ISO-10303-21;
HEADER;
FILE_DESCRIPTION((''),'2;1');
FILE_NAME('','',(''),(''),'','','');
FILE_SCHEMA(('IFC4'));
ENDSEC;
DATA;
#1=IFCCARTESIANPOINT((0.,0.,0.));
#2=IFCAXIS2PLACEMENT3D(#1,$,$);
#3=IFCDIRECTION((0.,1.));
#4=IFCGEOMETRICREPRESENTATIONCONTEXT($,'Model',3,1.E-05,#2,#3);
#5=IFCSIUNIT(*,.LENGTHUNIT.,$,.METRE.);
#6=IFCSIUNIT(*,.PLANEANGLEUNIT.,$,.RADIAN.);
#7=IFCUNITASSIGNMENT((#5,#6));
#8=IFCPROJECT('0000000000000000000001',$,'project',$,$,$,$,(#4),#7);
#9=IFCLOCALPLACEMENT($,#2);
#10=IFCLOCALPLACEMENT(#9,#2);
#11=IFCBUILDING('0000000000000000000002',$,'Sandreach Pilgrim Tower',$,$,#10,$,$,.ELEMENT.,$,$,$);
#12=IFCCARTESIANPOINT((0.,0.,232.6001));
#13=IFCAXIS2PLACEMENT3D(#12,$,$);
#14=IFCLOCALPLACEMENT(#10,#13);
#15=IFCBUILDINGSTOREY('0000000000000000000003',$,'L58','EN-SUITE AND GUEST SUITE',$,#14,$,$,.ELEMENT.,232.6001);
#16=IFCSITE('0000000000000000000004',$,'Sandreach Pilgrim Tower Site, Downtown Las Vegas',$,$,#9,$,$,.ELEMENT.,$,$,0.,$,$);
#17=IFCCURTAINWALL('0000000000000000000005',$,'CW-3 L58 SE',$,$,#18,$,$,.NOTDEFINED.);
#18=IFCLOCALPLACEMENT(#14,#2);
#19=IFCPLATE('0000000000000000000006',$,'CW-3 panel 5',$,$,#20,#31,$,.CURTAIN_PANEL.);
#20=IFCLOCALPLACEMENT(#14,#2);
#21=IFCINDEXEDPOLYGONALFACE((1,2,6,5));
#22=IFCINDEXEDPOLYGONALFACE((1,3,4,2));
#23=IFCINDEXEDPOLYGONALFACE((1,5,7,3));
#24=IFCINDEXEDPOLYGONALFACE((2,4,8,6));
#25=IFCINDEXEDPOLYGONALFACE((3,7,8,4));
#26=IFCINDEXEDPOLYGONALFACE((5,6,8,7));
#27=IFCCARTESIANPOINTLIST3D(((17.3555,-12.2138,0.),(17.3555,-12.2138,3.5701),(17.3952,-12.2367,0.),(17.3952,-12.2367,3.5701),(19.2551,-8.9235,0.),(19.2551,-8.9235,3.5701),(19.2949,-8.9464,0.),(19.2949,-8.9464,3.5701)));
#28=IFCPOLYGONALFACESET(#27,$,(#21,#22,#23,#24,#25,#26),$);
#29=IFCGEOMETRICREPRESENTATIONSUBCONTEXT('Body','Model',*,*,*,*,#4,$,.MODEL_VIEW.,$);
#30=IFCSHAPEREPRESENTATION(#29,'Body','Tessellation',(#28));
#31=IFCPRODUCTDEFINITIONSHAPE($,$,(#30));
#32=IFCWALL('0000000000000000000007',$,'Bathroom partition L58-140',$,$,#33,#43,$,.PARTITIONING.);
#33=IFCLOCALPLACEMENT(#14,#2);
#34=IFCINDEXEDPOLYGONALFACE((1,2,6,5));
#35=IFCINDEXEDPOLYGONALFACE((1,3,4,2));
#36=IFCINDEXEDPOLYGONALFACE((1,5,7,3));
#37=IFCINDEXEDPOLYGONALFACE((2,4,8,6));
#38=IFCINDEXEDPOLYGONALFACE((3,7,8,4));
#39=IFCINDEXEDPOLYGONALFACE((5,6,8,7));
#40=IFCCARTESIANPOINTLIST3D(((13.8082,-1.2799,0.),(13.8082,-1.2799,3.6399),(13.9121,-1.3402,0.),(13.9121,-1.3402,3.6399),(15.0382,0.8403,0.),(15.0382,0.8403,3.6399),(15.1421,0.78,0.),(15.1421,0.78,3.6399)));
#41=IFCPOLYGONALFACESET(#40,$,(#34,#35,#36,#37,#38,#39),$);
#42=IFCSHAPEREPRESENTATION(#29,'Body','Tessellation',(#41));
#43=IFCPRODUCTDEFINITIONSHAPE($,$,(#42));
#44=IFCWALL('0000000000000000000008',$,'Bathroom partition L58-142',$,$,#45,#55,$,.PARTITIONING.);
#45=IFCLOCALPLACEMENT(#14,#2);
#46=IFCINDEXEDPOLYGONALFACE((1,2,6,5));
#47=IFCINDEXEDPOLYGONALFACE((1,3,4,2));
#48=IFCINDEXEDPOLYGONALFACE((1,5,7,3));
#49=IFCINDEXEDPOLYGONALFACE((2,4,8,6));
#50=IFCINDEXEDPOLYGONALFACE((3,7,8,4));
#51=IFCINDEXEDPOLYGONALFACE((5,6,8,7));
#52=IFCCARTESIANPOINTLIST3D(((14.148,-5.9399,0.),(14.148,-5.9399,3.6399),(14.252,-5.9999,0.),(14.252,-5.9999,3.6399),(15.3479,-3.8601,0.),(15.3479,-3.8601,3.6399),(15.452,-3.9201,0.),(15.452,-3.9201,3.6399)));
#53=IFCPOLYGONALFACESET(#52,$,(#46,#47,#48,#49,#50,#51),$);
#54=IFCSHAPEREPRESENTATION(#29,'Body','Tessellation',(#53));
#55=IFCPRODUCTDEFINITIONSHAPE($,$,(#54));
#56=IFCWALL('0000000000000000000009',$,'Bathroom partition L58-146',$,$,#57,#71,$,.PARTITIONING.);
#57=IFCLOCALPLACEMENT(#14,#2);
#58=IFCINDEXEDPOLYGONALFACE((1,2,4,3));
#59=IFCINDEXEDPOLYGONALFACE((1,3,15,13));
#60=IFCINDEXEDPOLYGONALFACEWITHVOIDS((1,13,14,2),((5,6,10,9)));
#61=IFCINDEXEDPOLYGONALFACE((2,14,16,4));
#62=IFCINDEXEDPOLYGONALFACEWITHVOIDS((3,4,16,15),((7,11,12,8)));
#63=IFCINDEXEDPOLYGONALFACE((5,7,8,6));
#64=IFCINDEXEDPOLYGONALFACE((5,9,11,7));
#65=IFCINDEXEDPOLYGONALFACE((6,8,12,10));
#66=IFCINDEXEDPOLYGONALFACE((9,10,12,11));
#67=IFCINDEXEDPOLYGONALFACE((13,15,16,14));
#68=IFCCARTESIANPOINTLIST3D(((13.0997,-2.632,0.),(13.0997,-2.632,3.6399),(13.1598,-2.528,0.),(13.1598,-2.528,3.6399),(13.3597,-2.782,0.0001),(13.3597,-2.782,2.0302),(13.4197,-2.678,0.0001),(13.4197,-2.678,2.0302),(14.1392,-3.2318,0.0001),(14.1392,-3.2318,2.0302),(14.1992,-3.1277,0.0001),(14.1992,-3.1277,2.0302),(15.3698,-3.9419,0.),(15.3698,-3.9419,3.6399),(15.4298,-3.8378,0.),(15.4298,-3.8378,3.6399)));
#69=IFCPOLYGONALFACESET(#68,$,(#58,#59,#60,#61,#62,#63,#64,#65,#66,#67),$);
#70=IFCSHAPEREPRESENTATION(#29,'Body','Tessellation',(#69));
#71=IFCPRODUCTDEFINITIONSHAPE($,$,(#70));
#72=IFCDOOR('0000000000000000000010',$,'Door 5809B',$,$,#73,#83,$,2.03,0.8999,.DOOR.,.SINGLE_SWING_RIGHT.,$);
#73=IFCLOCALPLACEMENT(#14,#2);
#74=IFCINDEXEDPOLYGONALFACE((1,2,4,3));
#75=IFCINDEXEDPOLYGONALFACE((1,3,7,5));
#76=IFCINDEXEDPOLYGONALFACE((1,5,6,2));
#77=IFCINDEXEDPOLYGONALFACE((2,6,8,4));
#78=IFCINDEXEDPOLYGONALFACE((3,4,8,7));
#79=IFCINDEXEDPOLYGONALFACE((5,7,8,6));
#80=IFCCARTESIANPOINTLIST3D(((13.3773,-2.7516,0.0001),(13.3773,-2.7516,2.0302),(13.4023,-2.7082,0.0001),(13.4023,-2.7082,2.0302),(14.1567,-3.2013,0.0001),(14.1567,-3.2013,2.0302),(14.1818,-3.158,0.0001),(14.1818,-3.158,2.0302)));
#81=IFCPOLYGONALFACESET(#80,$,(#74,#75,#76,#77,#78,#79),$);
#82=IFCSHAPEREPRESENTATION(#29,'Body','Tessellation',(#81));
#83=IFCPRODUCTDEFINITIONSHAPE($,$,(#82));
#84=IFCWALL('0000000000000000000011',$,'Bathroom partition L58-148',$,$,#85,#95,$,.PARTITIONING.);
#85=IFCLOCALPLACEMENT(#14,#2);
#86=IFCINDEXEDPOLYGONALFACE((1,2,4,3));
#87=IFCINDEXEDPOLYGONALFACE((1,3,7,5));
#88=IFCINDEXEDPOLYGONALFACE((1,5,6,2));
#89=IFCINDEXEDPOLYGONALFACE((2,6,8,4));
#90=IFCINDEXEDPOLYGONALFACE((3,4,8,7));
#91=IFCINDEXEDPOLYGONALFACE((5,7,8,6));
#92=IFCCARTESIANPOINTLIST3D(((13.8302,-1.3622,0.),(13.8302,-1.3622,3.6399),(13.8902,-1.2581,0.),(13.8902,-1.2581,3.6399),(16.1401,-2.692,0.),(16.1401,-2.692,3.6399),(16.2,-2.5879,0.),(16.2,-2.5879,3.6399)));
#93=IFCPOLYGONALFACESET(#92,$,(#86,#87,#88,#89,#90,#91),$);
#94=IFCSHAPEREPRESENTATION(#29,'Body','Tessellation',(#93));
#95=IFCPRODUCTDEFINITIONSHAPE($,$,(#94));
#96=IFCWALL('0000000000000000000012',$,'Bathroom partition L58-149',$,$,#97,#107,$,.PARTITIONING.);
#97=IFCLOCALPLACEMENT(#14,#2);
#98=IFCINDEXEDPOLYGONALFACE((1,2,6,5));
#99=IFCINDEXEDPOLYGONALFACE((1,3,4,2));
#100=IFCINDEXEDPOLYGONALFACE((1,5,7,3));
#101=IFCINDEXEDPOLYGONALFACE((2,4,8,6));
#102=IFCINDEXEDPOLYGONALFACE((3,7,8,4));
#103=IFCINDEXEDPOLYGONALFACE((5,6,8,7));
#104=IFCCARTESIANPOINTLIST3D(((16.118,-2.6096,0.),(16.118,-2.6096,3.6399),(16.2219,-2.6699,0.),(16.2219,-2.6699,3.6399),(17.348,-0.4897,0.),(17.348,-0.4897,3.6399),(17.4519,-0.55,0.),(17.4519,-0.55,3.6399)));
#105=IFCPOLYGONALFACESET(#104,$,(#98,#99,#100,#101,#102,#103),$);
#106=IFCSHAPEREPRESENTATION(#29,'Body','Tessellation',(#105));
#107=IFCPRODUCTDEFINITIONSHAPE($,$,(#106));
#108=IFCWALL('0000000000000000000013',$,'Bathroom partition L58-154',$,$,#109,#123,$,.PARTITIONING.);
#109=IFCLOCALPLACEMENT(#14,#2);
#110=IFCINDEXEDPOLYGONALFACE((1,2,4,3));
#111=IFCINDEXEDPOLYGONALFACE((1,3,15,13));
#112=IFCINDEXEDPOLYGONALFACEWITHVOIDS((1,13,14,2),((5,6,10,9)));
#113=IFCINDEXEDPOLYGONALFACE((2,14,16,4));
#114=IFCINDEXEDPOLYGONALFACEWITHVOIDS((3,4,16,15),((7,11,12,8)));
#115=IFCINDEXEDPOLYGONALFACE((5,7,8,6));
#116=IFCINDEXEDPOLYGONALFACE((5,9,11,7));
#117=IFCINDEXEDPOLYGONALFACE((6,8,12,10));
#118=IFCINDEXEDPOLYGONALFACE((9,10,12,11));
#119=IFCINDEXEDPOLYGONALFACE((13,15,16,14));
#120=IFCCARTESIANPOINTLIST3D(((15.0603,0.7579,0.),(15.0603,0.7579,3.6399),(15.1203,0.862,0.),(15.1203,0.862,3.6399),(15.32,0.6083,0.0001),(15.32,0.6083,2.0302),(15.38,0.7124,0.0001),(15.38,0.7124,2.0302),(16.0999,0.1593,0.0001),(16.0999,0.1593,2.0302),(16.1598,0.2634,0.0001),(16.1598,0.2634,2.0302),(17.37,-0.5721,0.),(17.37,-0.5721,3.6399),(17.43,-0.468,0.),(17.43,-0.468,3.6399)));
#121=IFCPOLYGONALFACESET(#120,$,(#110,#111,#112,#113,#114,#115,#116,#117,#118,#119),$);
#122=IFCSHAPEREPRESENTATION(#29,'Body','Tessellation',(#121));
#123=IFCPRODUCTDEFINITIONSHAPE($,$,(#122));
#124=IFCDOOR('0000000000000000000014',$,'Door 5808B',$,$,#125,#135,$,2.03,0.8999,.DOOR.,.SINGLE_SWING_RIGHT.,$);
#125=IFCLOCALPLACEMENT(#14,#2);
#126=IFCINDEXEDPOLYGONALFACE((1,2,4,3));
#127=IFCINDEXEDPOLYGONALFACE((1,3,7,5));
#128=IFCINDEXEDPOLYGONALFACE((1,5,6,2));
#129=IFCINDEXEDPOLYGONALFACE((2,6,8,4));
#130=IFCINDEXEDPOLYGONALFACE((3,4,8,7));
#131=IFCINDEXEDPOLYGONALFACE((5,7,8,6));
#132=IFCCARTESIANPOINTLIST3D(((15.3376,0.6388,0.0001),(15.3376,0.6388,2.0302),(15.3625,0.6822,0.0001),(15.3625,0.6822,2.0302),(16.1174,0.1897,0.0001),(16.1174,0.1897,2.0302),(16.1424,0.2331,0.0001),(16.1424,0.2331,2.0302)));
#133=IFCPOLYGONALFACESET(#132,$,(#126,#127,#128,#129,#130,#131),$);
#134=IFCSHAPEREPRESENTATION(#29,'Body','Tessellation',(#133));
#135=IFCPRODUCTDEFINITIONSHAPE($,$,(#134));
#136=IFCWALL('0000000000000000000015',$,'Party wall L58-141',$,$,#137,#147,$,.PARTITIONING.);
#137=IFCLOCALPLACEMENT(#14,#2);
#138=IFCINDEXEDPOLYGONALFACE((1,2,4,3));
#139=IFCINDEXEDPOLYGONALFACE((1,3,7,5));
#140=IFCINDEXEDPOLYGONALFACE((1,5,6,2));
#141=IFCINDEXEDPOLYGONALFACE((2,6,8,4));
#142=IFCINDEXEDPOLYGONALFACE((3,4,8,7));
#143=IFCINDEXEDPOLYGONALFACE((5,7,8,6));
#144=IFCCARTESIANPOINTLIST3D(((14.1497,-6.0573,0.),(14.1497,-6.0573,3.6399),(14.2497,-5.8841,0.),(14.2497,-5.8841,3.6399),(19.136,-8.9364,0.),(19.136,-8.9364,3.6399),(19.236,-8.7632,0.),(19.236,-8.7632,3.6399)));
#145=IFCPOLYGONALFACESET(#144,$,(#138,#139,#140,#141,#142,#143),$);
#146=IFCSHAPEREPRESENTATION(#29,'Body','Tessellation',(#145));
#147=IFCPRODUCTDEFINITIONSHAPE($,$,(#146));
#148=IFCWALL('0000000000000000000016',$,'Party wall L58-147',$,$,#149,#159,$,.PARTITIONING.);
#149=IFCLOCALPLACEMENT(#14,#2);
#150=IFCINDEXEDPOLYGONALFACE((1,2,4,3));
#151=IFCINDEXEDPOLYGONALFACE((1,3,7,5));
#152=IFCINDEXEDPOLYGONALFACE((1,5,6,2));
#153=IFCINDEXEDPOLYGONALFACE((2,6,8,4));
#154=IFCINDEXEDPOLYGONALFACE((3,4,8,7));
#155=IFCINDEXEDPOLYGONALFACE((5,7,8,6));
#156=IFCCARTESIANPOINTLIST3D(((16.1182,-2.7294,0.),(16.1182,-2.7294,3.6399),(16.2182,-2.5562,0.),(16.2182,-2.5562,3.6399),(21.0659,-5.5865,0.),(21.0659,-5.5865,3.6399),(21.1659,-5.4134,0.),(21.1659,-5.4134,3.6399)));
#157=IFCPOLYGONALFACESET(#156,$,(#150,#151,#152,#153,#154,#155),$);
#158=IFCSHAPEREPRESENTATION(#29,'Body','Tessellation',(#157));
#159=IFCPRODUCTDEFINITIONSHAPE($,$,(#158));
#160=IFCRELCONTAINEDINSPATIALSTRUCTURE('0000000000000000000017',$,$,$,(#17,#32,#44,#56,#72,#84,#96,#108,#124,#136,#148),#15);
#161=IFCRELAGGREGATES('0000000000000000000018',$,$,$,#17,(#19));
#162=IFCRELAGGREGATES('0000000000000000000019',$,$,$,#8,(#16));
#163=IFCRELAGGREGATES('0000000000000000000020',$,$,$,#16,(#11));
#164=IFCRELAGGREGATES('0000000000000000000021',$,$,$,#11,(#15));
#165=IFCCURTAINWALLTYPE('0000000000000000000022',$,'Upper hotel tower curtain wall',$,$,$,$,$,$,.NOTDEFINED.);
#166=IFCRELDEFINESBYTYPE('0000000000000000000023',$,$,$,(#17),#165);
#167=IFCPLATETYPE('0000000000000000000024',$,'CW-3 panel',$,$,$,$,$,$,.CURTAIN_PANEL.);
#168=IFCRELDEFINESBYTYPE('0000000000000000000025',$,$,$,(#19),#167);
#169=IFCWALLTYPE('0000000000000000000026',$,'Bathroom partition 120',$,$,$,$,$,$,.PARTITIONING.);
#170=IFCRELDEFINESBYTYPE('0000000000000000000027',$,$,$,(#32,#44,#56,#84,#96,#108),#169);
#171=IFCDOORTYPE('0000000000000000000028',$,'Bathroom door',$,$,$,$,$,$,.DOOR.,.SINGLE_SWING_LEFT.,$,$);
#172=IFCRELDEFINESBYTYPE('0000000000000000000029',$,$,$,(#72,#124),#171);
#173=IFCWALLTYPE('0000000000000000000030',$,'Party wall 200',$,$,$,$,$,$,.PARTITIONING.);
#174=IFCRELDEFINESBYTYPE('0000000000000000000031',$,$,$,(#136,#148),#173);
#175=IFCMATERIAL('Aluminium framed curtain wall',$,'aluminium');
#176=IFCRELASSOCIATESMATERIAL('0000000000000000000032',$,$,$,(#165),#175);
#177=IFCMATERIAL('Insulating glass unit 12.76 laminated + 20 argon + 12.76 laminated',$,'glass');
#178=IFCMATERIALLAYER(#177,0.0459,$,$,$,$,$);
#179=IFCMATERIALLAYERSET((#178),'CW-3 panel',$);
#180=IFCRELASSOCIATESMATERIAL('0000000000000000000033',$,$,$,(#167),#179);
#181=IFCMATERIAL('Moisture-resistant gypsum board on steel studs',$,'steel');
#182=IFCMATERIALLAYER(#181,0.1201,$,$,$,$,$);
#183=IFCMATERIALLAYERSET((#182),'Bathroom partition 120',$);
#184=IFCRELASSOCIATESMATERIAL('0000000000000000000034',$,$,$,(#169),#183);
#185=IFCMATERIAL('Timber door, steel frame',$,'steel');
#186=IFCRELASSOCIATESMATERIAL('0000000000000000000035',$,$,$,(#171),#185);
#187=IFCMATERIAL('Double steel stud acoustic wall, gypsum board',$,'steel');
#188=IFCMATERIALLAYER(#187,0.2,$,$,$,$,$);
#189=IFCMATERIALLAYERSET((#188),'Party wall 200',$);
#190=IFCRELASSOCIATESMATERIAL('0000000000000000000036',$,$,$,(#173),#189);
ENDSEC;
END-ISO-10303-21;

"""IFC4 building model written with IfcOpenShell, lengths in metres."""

from ifc_helpers import new_model, si_unit, direction, frame, frame_2d, origin, origin_2d, place, context, subcontext, project, spatial, rectangle, extrude, material, layer, layer_set, type_object, element, fill, aggregate, save


model = new_model("IFC4")

# Units and contexts
model_context = context("Model", 3, precision=1e-05, world=origin(), true_north=direction((0.0, 1.0)))
body_context = subcontext(model_context, "Body", "Model", "MODEL_VIEW")
ifc_project = project(units=[si_unit("LENGTHUNIT", "METRE"), si_unit("PLANEANGLEUNIT", "RADIAN")], contexts=[model_context])

# Site, building, storey
site_placement = place(None, origin())
site = spatial("IfcSite", under=ifc_project, at=site_placement, Name="Sandreach Pilgrim Tower Site, Downtown Las Vegas", CompositionType="ELEMENT", RefElevation=0.0)
building_placement = place(site_placement, origin())
building = spatial("IfcBuilding", under=site, at=building_placement, Name="Sandreach Pilgrim Tower", CompositionType="ELEMENT")
storey_placement = place(building_placement, frame((0.0, 0.0, 232.6001)))
storey = spatial("IfcBuildingStorey", under=building, at=storey_placement, Name="L58", Description="EN-SUITE AND GUEST SUITE", CompositionType="ELEMENT", Elevation=232.6001)

# Curtain wall
ifc_material_1 = material(Name="Aluminium framed curtain wall", Category="aluminium")
curtain_wall_type = type_object("IfcCurtainWallType", Name="Upper hotel tower curtain wall", PredefinedType="NOTDEFINED", material=ifc_material_1)
curtain_wall_placement = place(storey_placement, origin())
curtain_wall = element("IfcCurtainWall", 1, at=curtain_wall_placement, inside=storey, type_object=curtain_wall_type, Name="CW-3 L58 SE", PredefinedType="NOTDEFINED")

# Plate
ifc_material_2 = material(Name="Insulating glass unit 12.76 laminated + 20 argon + 12.76 laminated", Category="glass")
ifc_layer_1 = layer(ifc_material_2, 0.0459)
ifc_layer_set_1 = layer_set([ifc_layer_1], Name="CW-3 panel")
plate_type = type_object("IfcPlateType", Name="CW-3 panel", PredefinedType="CURTAIN_PANEL", material=ifc_layer_set_1)
plate_1_placement = place(storey_placement, frame((18.3252, -10.5801, 0.0), z_axis=(0.0, 0.0, 1.0), x_axis=(-0.5, -0.866025, 0.0)))
plate_1 = element("IfcPlate", 2, at=plate_1_placement, type_object=plate_type, Name="CW-3 panel 5", PredefinedType="CURTAIN_PANEL", context=body_context, shape_type="SweptSolid", body=[
    extrude(rectangle(XDim=3.7993, YDim=0.0459, at=origin_2d()), origin(), (0.0, 0.0, 1.0), 3.5701),
])
aggregate(curtain_wall, [plate_1])

# Walls
ifc_material_3 = material(Name="Moisture-resistant gypsum board on steel studs", Category="steel")
ifc_layer_2 = layer(ifc_material_3, 0.1201)
ifc_layer_set_2 = layer_set([ifc_layer_2], Name="Bathroom partition 120")
wall_type_1 = type_object("IfcWallType", Name="Bathroom partition 120", PredefinedType="PARTITIONING", material=ifc_layer_set_2)
wall_1_placement = place(storey_placement, frame((13.8601, -1.3101, 0.0), z_axis=(0.0, 0.0, 1.0), x_axis=(0.501813, 0.864976, 0.0)))
element("IfcWall", 3, at=wall_1_placement, inside=storey, type_object=wall_type_1, Name="Bathroom partition L58-140", PredefinedType="PARTITIONING", context=body_context, shape_type="SweptSolid", body=[
    extrude(rectangle(XDim=2.4512, YDim=0.1201, at=frame_2d((1.2256, 0.0))), origin(), (0.0, 0.0, 1.0), 3.6399),
])
wall_2_placement = place(storey_placement, frame((14.2, -5.97, 0.0), z_axis=(0.0, 0.0, 1.0), x_axis=(0.499737, 0.866177, 0.0)))
element("IfcWall", 4, at=wall_2_placement, inside=storey, type_object=wall_type_1, Name="Bathroom partition L58-142", PredefinedType="PARTITIONING", context=body_context, shape_type="SweptSolid", body=[
    extrude(rectangle(XDim=2.4011, YDim=0.1201, at=frame_2d((1.2007, 0.0))), origin(), (0.0, 0.0, 1.0), 3.6399),
])

# Wall, opening, door
wall_3_placement = place(storey_placement, frame((15.3999, -3.8899, 0.0), z_axis=(0.0, 0.0, 1.0), x_axis=(-0.866155, 0.499776, 0.0)))
wall_3 = element("IfcWall", 5, at=wall_3_placement, inside=storey, type_object=wall_type_1, Name="Bathroom partition L58-146", PredefinedType="PARTITIONING", context=body_context, shape_type="SweptSolid", body=[
    extrude(rectangle(XDim=2.6208, YDim=0.1201, at=frame_2d((1.3105, 0.0))), origin(), (0.0, 0.0, 1.0), 3.6399),
])
opening_1_placement = place(wall_3_placement, frame((1.4209, 0.0, 0.0)))
opening_1 = element("IfcOpeningElement", 6, at=opening_1_placement, cuts=wall_3, PredefinedType="OPENING", context=body_context, shape_type="SweptSolid", body=[
    extrude(rectangle(XDim=0.8999, YDim=2.03, at=frame_2d((0.45, 1.0151))), frame((0.0, 0.0601, 0.0), z_axis=(0.0, -1.0, 0.0), x_axis=(1.0, 0.0, 0.0)), (0.0, 0.0, 1.0), 0.1201),
])
ifc_material_4 = material(Name="Timber door, steel frame", Category="steel")
door_type = type_object("IfcDoorType", Name="Bathroom door", OperationType="SINGLE_SWING_LEFT", PredefinedType="DOOR", material=ifc_material_4)
door_1_placement = place(opening_1_placement, origin())
door_1 = element("IfcDoor", 7, at=door_1_placement, inside=storey, type_object=door_type, Name="Door 5809B", OperationType="SINGLE_SWING_RIGHT", OverallHeight=2.03, OverallWidth=0.8999, PredefinedType="DOOR", context=body_context, shape_type="SweptSolid", body=[
    extrude(rectangle(XDim=0.8999, YDim=2.03, at=frame_2d((0.45, 1.0151))), frame((0.0, 0.0249, 0.0), z_axis=(0.0, -1.0, 0.0), x_axis=(1.0, 0.0, 0.0)), (0.0, 0.0, 1.0), 0.05),
])
fill(opening_1, door_1)

# Walls
wall_4_placement = place(storey_placement, frame((16.1699, -2.6399, 0.0), z_axis=(0.0, 0.0, 1.0), x_axis=(-0.866632, 0.498948, 0.0)))
element("IfcWall", 8, at=wall_4_placement, inside=storey, type_object=wall_type_1, Name="Bathroom partition L58-148", PredefinedType="PARTITIONING", context=body_context, shape_type="SweptSolid", body=[
    extrude(rectangle(XDim=2.6653, YDim=0.1201, at=frame_2d((1.3325, 0.0))), origin(), (0.0, 0.0, 1.0), 3.6399),
])
wall_5_placement = place(storey_placement, frame((16.1699, -2.6399, 0.0), z_axis=(0.0, 0.0, 1.0), x_axis=(0.501857, 0.864951, 0.0)))
element("IfcWall", 9, at=wall_5_placement, inside=storey, type_object=wall_type_1, Name="Bathroom partition L58-149", PredefinedType="PARTITIONING", context=body_context, shape_type="SweptSolid", body=[
    extrude(rectangle(XDim=2.4509, YDim=0.1201, at=frame_2d((1.2256, 0.0))), origin(), (0.0, 0.0, 1.0), 3.6399),
])

# Wall, opening, door
wall_6_placement = place(storey_placement, frame((17.3999, -0.52, 0.0), z_axis=(0.0, 0.0, 1.0), x_axis=(-0.866592, 0.499017, 0.0)))
wall_6 = element("IfcWall", 10, at=wall_6_placement, inside=storey, type_object=wall_type_1, Name="Bathroom partition L58-154", PredefinedType="PARTITIONING", context=body_context, shape_type="SweptSolid", body=[
    extrude(rectangle(XDim=2.6653, YDim=0.1201, at=frame_2d((1.3325, 0.0))), origin(), (0.0, 0.0, 1.0), 3.6399),
])
opening_2_placement = place(wall_6_placement, frame((1.4656, 0.0, 0.0)))
opening_2 = element("IfcOpeningElement", 11, at=opening_2_placement, cuts=wall_6, PredefinedType="OPENING", context=body_context, shape_type="SweptSolid", body=[
    extrude(rectangle(XDim=0.8999, YDim=2.03, at=frame_2d((0.45, 1.0151))), frame((0.0, 0.0601, 0.0), z_axis=(0.0, -1.0, 0.0), x_axis=(1.0, 0.0, 0.0)), (0.0, 0.0, 1.0), 0.1201),
])
door_2_placement = place(opening_2_placement, origin())
door_2 = element("IfcDoor", 12, at=door_2_placement, inside=storey, type_object=door_type, Name="Door 5808B", OperationType="SINGLE_SWING_RIGHT", OverallHeight=2.03, OverallWidth=0.8999, PredefinedType="DOOR", context=body_context, shape_type="SweptSolid", body=[
    extrude(rectangle(XDim=0.8999, YDim=2.03, at=frame_2d((0.45, 1.0151))), frame((0.0, 0.0249, 0.0), z_axis=(0.0, -1.0, 0.0), x_axis=(1.0, 0.0, 0.0)), (0.0, 0.0, 1.0), 0.05),
])
fill(opening_2, door_2)

# Walls
ifc_material_5 = material(Name="Double steel stud acoustic wall, gypsum board", Category="steel")
ifc_layer_3 = layer(ifc_material_5, 0.2)
ifc_layer_set_3 = layer_set([ifc_layer_3], Name="Party wall 200")
wall_type_2 = type_object("IfcWallType", Name="Party wall 200", PredefinedType="PARTITIONING", material=ifc_layer_set_3)
wall_7_placement = place(storey_placement, frame((14.1997, -5.9707, 0.0), z_axis=(0.0, 0.0, 1.0), x_axis=(0.866003, -0.500038, 0.0)))
element("IfcWall", 13, at=wall_7_placement, inside=storey, type_object=wall_type_2, Name="Party wall L58-141", PredefinedType="PARTITIONING", context=body_context, shape_type="SweptSolid", body=[
    extrude(rectangle(XDim=5.7578, YDim=0.2, at=frame_2d((2.8789, 0.0))), origin(), (0.0, 0.0, 1.0), 3.6399),
])
wall_8_placement = place(storey_placement, frame((16.1682, -2.6428, 0.0), z_axis=(0.0, 0.0, 1.0), x_axis=(0.865981, -0.500078, 0.0)))
element("IfcWall", 14, at=wall_8_placement, inside=storey, type_object=wall_type_2, Name="Party wall L58-147", PredefinedType="PARTITIONING", context=body_context, shape_type="SweptSolid", body=[
    extrude(rectangle(XDim=5.7134, YDim=0.2, at=frame_2d((2.8567, 0.0))), origin(), (0.0, 0.0, 1.0), 3.6399),
])

save(model, "model.ifc")
